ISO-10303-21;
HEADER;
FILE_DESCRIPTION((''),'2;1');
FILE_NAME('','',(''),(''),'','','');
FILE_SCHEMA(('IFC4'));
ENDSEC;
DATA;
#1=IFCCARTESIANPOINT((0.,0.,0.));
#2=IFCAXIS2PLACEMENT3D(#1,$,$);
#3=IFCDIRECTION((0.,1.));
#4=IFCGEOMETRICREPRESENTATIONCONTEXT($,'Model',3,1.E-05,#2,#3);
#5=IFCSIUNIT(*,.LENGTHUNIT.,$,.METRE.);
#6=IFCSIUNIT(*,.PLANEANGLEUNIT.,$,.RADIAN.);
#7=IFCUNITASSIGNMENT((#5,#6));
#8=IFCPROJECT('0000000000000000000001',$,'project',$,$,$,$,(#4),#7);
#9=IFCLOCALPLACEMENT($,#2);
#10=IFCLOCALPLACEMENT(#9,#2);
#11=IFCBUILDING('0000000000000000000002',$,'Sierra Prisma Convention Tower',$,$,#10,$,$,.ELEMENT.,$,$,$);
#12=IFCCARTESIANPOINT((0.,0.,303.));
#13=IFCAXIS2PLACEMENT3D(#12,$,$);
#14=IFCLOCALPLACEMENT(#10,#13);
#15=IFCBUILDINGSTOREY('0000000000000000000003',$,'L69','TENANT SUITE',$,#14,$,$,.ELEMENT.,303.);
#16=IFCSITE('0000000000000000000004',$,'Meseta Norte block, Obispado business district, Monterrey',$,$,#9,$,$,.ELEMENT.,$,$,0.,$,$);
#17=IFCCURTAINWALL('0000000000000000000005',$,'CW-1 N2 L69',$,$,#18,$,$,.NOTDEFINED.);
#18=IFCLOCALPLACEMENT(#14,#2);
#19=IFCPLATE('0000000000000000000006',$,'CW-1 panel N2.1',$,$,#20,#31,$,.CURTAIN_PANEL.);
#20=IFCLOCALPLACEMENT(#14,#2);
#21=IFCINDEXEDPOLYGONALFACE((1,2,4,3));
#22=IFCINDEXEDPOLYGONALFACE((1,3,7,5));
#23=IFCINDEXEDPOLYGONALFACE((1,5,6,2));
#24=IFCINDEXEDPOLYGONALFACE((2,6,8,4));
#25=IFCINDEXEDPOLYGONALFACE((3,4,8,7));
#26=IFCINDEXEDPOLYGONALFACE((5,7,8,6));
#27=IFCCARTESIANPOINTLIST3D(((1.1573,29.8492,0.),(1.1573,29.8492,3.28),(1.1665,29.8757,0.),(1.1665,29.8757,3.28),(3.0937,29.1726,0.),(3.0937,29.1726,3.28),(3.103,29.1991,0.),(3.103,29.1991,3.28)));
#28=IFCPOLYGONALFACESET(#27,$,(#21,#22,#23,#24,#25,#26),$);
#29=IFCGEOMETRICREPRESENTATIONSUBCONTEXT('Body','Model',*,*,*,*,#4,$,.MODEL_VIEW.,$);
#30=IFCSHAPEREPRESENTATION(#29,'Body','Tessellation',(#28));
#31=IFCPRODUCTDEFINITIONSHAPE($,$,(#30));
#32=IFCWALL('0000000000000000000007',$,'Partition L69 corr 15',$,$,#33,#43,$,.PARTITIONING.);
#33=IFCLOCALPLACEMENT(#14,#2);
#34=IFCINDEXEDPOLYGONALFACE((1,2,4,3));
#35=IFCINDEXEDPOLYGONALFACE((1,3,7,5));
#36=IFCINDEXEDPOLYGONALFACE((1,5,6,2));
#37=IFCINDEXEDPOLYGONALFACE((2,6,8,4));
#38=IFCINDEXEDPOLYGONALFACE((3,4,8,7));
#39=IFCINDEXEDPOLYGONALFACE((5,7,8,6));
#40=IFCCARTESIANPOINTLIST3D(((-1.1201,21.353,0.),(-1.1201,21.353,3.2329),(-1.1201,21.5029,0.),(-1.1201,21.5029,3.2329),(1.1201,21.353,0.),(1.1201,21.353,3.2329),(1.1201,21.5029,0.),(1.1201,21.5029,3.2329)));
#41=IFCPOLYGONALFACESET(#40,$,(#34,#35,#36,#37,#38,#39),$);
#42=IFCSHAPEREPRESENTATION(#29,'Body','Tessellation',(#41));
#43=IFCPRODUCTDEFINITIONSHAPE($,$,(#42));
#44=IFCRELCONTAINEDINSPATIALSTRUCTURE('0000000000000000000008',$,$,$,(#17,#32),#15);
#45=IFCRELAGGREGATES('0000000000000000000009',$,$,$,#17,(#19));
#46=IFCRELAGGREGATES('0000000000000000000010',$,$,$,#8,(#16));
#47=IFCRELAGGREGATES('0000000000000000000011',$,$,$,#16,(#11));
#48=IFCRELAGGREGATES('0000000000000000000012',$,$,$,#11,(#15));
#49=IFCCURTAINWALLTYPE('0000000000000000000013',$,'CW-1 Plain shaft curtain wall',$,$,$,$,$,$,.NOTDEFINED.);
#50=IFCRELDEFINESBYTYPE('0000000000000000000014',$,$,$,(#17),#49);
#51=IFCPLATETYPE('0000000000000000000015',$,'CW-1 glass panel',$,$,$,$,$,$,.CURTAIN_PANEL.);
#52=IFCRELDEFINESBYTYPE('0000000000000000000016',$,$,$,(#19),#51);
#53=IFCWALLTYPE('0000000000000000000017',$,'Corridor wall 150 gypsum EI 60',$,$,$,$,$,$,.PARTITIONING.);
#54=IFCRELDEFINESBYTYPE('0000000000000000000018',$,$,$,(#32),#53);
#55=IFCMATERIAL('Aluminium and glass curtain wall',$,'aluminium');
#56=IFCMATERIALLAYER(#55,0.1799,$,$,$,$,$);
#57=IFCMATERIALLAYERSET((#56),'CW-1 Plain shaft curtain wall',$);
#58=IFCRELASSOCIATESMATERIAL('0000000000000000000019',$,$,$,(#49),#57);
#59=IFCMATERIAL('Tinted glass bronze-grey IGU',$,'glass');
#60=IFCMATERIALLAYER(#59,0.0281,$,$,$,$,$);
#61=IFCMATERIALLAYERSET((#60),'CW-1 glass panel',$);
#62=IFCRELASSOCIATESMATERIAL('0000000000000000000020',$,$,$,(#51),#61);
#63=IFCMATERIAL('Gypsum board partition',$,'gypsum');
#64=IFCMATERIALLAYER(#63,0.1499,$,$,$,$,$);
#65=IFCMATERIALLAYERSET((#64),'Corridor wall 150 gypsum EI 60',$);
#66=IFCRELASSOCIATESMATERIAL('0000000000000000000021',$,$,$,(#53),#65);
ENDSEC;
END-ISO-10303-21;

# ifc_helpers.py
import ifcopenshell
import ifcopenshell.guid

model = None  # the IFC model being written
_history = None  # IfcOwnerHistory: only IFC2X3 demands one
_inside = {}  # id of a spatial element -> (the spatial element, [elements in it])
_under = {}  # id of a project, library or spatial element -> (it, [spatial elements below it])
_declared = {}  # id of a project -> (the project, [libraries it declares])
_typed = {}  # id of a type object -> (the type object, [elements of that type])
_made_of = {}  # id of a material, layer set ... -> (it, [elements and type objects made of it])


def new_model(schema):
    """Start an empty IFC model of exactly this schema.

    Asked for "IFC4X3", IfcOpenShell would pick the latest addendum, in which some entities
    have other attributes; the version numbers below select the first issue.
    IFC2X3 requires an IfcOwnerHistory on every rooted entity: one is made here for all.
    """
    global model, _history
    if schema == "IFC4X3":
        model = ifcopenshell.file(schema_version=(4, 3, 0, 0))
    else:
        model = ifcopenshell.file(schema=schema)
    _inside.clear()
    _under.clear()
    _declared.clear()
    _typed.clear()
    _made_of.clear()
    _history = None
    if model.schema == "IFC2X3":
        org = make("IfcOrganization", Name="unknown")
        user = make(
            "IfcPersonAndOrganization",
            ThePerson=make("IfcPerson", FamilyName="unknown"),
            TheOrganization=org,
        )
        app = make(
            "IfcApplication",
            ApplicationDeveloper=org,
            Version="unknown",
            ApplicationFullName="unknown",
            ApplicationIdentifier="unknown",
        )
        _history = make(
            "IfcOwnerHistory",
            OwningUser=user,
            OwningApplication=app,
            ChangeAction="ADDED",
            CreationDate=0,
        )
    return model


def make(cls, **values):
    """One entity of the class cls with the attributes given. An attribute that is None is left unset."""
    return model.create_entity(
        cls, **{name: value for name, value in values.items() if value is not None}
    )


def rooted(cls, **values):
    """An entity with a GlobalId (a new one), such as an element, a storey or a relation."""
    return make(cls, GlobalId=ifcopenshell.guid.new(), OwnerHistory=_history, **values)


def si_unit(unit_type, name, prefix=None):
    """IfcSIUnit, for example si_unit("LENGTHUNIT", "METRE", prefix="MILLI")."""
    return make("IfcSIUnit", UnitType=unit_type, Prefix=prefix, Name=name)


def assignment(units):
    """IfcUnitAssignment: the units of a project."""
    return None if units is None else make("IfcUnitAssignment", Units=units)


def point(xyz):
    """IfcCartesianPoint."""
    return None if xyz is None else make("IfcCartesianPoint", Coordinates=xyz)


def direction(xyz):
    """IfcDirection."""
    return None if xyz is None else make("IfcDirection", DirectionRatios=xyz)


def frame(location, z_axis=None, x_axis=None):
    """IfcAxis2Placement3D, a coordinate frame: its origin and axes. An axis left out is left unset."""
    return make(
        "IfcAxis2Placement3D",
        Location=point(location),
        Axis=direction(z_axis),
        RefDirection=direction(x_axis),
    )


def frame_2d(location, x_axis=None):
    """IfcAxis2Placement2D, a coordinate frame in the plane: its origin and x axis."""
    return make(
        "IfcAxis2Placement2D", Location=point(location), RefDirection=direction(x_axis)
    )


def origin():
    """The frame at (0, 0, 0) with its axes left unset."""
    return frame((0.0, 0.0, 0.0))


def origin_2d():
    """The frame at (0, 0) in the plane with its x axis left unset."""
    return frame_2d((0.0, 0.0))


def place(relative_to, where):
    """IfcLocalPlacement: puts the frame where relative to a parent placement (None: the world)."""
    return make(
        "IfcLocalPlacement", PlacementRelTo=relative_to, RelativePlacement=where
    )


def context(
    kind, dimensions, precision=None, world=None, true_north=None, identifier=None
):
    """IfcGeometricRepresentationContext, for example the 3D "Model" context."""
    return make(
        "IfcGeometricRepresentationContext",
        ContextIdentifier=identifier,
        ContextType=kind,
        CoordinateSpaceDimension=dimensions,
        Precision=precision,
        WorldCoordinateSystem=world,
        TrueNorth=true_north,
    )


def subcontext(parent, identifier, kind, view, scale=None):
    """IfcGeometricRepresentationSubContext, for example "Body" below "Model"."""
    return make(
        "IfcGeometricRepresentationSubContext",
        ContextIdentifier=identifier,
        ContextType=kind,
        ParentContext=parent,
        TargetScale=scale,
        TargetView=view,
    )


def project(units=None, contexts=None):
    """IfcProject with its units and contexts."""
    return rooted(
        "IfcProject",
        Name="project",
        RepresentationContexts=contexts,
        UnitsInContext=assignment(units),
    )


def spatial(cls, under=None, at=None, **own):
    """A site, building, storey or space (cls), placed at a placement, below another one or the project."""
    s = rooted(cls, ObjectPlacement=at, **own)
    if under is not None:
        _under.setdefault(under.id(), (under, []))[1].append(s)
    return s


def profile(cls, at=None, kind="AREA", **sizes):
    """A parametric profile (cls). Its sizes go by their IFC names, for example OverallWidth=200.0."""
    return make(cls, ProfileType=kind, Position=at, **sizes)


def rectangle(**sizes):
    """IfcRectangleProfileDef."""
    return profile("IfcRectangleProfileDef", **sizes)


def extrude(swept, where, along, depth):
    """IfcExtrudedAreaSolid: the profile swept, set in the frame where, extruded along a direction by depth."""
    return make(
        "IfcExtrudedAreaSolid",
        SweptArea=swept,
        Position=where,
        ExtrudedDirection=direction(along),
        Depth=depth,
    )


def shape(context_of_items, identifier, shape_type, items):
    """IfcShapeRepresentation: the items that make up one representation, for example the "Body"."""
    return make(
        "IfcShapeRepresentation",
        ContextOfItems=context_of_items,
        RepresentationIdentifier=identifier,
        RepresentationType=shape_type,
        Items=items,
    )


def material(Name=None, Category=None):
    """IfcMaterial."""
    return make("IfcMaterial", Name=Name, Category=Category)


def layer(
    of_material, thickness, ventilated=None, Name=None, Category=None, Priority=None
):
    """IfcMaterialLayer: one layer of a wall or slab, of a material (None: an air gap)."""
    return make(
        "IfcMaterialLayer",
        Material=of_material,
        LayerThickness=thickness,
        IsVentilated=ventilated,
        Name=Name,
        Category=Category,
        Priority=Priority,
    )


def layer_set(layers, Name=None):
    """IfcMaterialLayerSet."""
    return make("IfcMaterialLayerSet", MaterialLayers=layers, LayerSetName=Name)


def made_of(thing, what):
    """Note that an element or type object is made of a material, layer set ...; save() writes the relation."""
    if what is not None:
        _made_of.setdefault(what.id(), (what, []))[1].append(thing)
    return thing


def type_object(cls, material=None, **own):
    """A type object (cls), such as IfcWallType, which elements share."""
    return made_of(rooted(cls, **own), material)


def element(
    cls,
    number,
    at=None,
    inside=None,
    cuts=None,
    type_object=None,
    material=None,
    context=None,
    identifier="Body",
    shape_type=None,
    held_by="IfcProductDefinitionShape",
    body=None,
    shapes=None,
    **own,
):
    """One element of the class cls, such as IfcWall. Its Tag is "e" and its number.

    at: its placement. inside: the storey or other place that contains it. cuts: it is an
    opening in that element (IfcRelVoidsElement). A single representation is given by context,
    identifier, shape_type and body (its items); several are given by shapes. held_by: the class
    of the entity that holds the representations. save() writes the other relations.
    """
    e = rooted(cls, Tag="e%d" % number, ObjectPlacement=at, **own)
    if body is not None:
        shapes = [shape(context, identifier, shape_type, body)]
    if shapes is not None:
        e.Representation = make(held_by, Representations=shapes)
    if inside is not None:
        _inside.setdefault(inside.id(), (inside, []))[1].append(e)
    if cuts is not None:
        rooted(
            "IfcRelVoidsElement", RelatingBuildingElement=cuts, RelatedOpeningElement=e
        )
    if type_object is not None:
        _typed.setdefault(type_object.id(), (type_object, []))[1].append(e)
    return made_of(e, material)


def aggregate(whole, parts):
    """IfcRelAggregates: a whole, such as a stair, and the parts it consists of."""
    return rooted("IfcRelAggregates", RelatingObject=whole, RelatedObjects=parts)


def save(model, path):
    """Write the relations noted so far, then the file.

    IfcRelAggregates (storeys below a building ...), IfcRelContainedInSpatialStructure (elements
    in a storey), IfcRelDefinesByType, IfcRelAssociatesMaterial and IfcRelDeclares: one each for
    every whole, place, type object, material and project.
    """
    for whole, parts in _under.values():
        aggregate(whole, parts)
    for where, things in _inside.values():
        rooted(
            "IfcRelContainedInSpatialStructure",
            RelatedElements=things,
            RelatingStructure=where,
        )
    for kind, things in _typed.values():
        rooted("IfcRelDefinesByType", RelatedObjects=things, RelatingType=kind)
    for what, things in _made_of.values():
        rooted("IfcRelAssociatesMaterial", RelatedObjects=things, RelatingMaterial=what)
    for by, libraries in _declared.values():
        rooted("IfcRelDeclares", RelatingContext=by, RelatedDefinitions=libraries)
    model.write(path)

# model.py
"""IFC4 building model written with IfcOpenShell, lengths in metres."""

from ifc_helpers import new_model, si_unit, direction, frame, frame_2d, origin, origin_2d, place, context, subcontext, project, spatial, rectangle, extrude, material, layer, layer_set, type_object, element, aggregate, save


model = new_model("IFC4")

# Units and contexts
model_context = context("Model", 3, precision=1e-05, world=origin(), true_north=direction((0.0, 1.0)))
body_context = subcontext(model_context, "Body", "Model", "MODEL_VIEW")
ifc_project = project(units=[si_unit("LENGTHUNIT", "METRE"), si_unit("PLANEANGLEUNIT", "RADIAN")], contexts=[model_context])

# Site, building, storey
site_placement = place(None, origin())
site = spatial("IfcSite", under=ifc_project, at=site_placement, Name="Meseta Norte block, Obispado business district, Monterrey", CompositionType="ELEMENT", RefElevation=0.0)
building_placement = place(site_placement, origin())
building = spatial("IfcBuilding", under=site, at=building_placement, Name="Sierra Prisma Convention Tower", CompositionType="ELEMENT")
storey_placement = place(building_placement, frame((0.0, 0.0, 303.0)))
storey = spatial("IfcBuildingStorey", under=building, at=storey_placement, Name="L69", Description="TENANT SUITE", CompositionType="ELEMENT", Elevation=303.0)

# Shared definitions
ifc_material_1 = material(Name="Aluminium and glass curtain wall", Category="aluminium")
ifc_layer_1 = layer(ifc_material_1, 0.1799)
ifc_layer_set_1 = layer_set([ifc_layer_1], Name="CW-1 Plain shaft curtain wall")
curtain_wall_type = type_object("IfcCurtainWallType", Name="CW-1 Plain shaft curtain wall", PredefinedType="NOTDEFINED", material=ifc_layer_set_1)

# Curtain wall
curtain_wall_1_placement = place(storey_placement, origin())
curtain_wall_1 = element("IfcCurtainWall", 1, at=curtain_wall_1_placement, inside=storey, type_object=curtain_wall_type, Name="CW-1 N2 L69", PredefinedType="NOTDEFINED")

# Plate
ifc_material_2 = material(Name="Tinted glass bronze-grey IGU", Category="glass")
ifc_layer_2 = layer(ifc_material_2, 0.0281)
ifc_layer_set_2 = layer_set([ifc_layer_2], Name="CW-1 glass panel")
plate_type = type_object("IfcPlateType", Name="CW-1 glass panel", PredefinedType="CURTAIN_PANEL", material=ifc_layer_set_2)
plate_1_placement = place(storey_placement, frame((2.1301, 29.5242, 0.0), z_axis=(0.0, 0.0, 1.0), x_axis=(-0.944037, 0.32984, 0.0)))
plate_1 = element("IfcPlate", 2, at=plate_1_placement, type_object=plate_type, Name="CW-1 panel N2.1", PredefinedType="CURTAIN_PANEL", context=body_context, shape_type="SweptSolid", body=[
    extrude(rectangle(XDim=2.0513, YDim=0.0281, at=origin_2d()), origin(), (0.0, 0.0, 1.0), 3.28),
])
aggregate(curtain_wall_1, [plate_1])

# Wall
ifc_material_3 = material(Name="Gypsum board partition", Category="gypsum")
ifc_layer_3 = layer(ifc_material_3, 0.1499)
ifc_layer_set_3 = layer_set([ifc_layer_3], Name="Corridor wall 150 gypsum EI 60")
wall_type = type_object("IfcWallType", Name="Corridor wall 150 gypsum EI 60", PredefinedType="PARTITIONING", material=ifc_layer_set_3)
wall_placement = place(storey_placement, frame((1.1201, 21.428, 0.0), z_axis=(0.0, 0.0, 1.0), x_axis=(-1.0, 0.0, 0.0)))
element("IfcWall", 3, at=wall_placement, inside=storey, type_object=wall_type, Name="Partition L69 corr 15", PredefinedType="PARTITIONING", context=body_context, shape_type="SweptSolid", body=[
    extrude(rectangle(XDim=2.2402, YDim=0.1499, at=frame_2d((1.1201, 0.0))), origin(), (0.0, 0.0, 1.0), 3.2329),
])

save(model, "model.ifc")
